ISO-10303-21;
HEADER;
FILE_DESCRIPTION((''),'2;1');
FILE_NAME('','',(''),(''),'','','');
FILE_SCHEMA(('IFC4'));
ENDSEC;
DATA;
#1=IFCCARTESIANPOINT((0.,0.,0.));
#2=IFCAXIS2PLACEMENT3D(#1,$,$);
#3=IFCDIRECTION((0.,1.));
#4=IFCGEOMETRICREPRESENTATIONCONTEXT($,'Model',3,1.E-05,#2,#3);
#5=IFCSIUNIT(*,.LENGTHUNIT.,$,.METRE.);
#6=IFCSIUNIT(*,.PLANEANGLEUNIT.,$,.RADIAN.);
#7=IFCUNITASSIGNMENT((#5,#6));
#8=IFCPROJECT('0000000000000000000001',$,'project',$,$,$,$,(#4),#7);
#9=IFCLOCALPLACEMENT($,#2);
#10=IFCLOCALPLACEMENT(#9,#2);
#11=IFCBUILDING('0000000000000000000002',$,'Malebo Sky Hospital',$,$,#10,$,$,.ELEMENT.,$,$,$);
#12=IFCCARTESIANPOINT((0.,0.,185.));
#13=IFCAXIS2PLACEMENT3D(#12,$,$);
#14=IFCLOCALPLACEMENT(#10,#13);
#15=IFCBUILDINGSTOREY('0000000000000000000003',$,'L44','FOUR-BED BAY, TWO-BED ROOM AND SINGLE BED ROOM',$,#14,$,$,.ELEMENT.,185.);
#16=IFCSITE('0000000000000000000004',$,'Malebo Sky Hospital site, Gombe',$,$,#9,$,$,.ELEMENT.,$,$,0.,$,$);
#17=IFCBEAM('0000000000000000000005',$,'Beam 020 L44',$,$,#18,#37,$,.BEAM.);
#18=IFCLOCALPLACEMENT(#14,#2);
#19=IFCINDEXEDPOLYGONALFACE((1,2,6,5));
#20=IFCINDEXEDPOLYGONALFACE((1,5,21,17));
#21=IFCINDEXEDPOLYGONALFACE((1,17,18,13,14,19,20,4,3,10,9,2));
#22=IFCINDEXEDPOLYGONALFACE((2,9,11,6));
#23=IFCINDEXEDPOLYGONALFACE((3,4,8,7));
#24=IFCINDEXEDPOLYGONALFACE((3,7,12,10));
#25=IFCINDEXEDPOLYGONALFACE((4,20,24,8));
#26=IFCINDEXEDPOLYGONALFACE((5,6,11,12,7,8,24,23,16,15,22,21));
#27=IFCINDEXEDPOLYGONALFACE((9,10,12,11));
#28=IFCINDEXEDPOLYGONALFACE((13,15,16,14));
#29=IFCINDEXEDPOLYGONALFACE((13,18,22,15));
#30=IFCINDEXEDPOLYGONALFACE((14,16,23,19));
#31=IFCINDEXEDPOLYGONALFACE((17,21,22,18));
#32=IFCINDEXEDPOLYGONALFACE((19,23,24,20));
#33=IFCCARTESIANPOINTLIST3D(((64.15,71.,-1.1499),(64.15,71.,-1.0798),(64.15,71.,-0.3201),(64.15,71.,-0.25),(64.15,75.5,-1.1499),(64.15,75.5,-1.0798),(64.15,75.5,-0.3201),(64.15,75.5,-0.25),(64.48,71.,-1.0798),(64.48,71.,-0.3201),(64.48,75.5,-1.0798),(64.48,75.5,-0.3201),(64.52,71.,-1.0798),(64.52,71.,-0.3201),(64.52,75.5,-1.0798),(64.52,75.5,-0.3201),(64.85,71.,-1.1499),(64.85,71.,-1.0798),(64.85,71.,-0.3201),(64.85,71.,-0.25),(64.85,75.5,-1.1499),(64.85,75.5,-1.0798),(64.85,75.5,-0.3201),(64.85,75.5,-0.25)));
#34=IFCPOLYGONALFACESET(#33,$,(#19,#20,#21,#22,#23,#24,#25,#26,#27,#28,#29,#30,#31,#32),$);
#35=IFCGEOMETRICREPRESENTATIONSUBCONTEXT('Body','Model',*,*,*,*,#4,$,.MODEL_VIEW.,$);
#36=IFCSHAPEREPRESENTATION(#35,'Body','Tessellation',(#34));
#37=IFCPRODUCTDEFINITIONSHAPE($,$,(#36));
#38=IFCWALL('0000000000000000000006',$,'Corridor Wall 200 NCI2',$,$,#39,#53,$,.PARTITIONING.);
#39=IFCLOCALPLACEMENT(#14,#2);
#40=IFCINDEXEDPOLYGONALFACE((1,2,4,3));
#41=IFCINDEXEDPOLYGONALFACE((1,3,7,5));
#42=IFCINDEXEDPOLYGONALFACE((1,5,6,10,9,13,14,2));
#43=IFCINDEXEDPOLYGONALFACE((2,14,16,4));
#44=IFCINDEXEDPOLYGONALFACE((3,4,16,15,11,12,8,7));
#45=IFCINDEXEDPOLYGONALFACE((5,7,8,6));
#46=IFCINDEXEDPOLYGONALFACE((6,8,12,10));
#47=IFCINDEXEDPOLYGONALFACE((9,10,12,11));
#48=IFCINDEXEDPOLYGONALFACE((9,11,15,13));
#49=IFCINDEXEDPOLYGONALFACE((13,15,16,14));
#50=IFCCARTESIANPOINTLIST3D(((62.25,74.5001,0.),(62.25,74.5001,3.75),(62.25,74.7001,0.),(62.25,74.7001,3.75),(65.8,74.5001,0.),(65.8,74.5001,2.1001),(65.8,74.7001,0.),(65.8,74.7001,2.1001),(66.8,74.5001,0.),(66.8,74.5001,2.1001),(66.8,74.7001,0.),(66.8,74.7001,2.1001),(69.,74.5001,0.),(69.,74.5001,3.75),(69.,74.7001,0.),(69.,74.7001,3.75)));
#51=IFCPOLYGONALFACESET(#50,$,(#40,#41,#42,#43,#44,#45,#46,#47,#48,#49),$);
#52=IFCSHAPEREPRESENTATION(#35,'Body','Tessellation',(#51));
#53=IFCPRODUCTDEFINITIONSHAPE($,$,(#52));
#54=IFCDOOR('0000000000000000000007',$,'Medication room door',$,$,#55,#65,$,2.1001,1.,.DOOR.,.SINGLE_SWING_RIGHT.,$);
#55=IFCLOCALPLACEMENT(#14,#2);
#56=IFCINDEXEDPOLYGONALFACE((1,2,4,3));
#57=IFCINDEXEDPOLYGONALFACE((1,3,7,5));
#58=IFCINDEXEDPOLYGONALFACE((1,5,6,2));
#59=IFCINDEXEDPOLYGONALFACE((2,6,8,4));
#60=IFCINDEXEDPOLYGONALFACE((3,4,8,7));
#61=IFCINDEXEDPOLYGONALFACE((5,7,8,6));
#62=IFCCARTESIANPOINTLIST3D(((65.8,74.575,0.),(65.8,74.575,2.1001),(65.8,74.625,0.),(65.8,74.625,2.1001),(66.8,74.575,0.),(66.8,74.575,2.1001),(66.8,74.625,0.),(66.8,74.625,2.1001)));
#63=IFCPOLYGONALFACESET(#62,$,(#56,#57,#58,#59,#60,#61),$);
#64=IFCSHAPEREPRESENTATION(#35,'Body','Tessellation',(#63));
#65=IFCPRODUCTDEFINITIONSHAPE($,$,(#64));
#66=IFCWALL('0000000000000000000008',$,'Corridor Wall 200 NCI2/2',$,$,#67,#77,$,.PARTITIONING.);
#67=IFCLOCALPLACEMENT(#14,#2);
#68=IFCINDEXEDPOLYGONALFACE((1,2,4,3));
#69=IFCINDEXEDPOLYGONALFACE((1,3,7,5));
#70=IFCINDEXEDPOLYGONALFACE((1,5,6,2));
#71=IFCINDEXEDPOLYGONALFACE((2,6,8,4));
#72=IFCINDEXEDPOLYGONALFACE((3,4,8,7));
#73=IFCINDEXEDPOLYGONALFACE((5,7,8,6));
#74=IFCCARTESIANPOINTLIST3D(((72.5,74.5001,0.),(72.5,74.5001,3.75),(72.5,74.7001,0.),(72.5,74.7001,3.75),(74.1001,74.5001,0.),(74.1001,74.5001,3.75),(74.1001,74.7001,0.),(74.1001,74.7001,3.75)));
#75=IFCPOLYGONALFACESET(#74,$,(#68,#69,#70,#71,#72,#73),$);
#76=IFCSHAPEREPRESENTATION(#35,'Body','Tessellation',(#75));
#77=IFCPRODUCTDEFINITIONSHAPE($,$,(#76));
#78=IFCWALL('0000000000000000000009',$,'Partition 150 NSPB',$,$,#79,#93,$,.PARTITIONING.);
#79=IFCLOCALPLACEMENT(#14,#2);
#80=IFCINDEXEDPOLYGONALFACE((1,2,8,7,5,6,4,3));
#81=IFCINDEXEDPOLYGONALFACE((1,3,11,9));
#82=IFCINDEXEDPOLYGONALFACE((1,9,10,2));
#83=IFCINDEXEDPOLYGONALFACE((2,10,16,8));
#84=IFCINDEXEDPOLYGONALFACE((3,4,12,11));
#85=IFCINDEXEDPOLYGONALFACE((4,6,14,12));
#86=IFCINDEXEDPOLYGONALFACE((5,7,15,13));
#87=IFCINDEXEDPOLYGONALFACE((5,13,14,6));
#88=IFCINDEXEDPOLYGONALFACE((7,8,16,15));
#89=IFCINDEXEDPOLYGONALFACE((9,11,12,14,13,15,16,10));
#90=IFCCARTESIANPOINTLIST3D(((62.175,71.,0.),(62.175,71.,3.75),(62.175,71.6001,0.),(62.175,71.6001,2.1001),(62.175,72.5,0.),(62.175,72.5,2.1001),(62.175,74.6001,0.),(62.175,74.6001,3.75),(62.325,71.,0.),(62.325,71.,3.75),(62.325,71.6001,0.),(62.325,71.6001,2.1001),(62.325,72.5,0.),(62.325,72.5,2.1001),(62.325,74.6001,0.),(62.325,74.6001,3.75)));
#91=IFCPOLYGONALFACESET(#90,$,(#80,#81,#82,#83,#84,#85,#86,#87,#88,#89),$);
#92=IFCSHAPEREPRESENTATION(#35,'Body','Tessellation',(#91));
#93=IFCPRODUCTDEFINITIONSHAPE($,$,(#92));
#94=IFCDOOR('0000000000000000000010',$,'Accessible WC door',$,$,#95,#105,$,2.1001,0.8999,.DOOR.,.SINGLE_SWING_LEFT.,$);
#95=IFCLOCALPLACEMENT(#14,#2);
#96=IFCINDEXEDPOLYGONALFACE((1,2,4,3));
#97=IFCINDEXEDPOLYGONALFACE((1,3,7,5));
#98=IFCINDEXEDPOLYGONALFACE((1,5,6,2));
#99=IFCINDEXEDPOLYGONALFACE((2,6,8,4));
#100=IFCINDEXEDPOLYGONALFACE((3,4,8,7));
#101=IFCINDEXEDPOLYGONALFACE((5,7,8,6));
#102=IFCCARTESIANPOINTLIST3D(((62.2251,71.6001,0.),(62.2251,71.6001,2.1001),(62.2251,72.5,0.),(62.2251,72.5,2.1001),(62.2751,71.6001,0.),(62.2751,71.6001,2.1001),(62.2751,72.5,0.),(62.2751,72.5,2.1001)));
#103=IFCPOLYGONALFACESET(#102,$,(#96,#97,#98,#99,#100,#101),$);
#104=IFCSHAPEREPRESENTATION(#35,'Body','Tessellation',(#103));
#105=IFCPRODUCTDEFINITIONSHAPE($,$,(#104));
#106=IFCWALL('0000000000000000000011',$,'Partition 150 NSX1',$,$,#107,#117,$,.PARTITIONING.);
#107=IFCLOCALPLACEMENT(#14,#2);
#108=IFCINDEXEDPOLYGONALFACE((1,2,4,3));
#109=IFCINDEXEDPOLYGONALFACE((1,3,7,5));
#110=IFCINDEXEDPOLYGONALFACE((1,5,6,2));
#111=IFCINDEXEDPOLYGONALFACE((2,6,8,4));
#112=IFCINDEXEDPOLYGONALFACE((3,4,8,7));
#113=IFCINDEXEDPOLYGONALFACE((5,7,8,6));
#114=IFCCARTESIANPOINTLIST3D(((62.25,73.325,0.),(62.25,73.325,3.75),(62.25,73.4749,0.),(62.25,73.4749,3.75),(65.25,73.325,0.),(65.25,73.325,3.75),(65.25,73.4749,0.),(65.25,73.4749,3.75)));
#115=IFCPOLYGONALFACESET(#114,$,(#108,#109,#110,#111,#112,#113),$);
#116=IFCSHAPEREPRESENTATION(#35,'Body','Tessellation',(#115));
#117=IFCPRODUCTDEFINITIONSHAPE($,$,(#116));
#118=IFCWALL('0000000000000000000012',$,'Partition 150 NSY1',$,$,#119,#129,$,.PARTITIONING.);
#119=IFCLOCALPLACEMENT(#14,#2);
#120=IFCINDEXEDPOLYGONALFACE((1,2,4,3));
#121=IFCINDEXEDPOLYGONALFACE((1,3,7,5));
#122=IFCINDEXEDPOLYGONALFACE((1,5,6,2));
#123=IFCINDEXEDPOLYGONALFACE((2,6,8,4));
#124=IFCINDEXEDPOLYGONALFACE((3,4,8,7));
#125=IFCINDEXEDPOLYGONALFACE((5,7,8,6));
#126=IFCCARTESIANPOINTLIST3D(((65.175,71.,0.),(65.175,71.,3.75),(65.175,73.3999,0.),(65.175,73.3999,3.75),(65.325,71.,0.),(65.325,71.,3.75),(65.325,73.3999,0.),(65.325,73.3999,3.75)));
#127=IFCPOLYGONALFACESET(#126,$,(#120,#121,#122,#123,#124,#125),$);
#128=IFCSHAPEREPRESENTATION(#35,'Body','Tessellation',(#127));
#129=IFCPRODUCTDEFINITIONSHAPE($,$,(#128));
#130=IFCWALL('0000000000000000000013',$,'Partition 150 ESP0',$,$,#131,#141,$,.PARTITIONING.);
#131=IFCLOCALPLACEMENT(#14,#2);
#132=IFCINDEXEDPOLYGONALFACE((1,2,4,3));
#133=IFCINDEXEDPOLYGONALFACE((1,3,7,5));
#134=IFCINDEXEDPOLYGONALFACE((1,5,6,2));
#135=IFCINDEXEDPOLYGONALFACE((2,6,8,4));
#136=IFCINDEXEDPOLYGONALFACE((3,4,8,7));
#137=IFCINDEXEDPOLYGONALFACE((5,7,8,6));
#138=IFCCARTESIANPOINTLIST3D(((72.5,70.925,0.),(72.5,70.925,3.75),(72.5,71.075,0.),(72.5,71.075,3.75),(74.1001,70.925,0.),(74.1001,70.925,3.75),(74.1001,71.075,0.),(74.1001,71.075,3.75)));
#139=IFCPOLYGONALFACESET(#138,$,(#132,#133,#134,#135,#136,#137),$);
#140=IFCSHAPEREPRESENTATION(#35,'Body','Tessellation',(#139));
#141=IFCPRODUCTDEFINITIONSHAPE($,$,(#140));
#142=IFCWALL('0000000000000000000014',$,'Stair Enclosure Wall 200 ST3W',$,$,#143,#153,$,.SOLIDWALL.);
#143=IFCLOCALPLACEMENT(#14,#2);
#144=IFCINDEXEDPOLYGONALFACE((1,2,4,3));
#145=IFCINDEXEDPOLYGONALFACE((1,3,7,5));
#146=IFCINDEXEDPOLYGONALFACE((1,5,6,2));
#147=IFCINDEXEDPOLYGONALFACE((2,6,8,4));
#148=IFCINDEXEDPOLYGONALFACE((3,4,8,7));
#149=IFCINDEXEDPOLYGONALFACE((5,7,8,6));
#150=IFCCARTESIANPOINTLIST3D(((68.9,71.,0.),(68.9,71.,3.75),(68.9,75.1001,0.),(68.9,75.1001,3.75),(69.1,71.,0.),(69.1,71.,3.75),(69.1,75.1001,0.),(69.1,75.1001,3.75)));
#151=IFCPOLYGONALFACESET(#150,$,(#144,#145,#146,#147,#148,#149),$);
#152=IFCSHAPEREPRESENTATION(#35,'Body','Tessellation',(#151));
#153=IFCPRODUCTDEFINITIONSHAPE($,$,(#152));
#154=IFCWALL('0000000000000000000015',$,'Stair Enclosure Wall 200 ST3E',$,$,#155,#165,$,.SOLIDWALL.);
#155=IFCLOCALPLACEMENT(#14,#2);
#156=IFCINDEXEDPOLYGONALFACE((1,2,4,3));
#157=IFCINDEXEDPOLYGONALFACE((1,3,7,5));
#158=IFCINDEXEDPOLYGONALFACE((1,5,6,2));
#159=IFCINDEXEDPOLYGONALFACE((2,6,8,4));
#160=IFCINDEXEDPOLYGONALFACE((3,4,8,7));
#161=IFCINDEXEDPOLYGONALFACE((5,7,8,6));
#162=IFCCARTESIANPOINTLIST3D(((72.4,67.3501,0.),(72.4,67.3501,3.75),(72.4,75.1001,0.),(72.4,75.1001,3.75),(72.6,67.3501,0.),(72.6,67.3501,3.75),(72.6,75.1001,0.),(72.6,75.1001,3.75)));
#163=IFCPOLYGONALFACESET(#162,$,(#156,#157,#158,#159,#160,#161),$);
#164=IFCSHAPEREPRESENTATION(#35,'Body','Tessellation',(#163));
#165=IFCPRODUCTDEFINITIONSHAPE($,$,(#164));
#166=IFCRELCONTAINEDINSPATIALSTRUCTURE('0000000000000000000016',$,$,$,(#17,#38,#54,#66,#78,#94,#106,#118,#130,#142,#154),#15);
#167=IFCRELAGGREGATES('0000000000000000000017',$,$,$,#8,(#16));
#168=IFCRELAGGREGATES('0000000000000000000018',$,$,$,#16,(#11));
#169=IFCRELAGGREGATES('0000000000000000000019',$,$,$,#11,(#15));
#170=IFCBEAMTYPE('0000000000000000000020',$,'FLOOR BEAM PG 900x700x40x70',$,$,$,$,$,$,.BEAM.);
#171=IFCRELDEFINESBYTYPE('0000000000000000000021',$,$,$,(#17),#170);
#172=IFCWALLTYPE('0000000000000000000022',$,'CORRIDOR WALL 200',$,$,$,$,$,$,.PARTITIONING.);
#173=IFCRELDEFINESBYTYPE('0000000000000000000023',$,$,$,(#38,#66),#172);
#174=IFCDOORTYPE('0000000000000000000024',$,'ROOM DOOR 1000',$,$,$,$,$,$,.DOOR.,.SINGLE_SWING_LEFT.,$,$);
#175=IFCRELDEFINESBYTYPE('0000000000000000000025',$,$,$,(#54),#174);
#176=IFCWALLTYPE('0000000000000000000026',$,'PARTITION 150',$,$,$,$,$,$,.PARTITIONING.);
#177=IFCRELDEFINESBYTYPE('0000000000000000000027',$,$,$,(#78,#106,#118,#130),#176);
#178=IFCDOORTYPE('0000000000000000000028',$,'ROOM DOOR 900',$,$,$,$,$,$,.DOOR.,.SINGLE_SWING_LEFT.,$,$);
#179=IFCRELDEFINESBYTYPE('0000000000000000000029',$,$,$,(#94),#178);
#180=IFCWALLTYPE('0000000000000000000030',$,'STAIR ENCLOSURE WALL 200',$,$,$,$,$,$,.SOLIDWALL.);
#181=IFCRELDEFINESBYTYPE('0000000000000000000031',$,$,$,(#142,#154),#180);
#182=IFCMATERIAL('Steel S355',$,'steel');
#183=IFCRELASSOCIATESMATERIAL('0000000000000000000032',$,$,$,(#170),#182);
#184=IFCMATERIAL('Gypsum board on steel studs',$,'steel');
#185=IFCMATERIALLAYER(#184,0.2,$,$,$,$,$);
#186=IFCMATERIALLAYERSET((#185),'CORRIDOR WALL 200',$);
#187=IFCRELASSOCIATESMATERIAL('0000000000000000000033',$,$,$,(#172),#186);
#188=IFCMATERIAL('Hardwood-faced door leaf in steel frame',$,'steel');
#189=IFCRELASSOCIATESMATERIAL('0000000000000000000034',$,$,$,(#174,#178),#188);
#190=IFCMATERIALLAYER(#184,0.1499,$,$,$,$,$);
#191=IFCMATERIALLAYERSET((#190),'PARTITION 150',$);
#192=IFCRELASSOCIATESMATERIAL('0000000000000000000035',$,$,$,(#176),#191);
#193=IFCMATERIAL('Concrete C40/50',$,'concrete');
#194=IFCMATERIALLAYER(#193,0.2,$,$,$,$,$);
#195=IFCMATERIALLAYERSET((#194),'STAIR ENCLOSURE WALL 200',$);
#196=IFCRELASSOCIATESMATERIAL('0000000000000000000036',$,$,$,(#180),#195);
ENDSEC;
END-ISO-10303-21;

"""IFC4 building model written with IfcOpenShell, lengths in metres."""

from ifc_helpers import new_model, si_unit, direction, frame, frame_2d, origin, origin_2d, place, context, subcontext, project, spatial, rectangle, i_section, extrude, material, layer, layer_set, material_profile, profile_set, type_object, element, fill, save


model = new_model("IFC4")

# Units and contexts
model_context = context("Model", 3, precision=1e-05, world=origin(), true_north=direction((0.0, 1.0)))
body_context = subcontext(model_context, "Body", "Model", "MODEL_VIEW")
ifc_project = project(units=[si_unit("LENGTHUNIT", "METRE"), si_unit("PLANEANGLEUNIT", "RADIAN")], contexts=[model_context])

# Site, building, storey
site_placement = place(None, origin())
site = spatial("IfcSite", under=ifc_project, at=site_placement, Name="Malebo Sky Hospital site, Gombe", CompositionType="ELEMENT", RefElevation=0.0)
building_placement = place(site_placement, origin())
building = spatial("IfcBuilding", under=site, at=building_placement, Name="Malebo Sky Hospital", CompositionType="ELEMENT")
storey_placement = place(building_placement, frame((0.0, 0.0, 185.0)))
storey = spatial("IfcBuildingStorey", under=building, at=storey_placement, Name="L44", Description="FOUR-BED BAY, TWO-BED ROOM AND SINGLE BED ROOM", CompositionType="ELEMENT", Elevation=185.0)

# Beam
ifc_material_1 = material(Name="Steel S355", Category="steel")
ifc_material_profile = material_profile(ifc_material_1, i_section(OverallWidth=0.7, OverallDepth=0.8999, WebThickness=0.04, FlangeThickness=0.0701, at=origin_2d()), Name="PG 900x700x40x70")
ifc_profile_set = profile_set([ifc_material_profile], Name="Steel S355")
beam_type = type_object("IfcBeamType", Name="FLOOR BEAM PG 900x700x40x70", PredefinedType="BEAM", material=ifc_profile_set)
beam_placement = place(storey_placement, frame((64.5, 71.0, -0.7), z_axis=(0.0, 1.0, 0.0), x_axis=(-1.0, 0.0, 0.0)))
element("IfcBeam", 1, at=beam_placement, inside=storey, type_object=beam_type, Name="Beam 020 L44", PredefinedType="BEAM", context=body_context, shape_type="SweptSolid", body=[
    extrude(i_section(OverallWidth=0.7, OverallDepth=0.8999, WebThickness=0.04, FlangeThickness=0.0701, at=origin_2d()), origin(), (0.0, 0.0, 1.0), 4.5),
])

# Wall, opening, door
ifc_material_2 = material(Name="Gypsum board on steel studs", Category="steel")
ifc_layer_1 = layer(ifc_material_2, 0.2)
ifc_layer_set_1 = layer_set([ifc_layer_1], Name="CORRIDOR WALL 200")
wall_type_1 = type_object("IfcWallType", Name="CORRIDOR WALL 200", PredefinedType="PARTITIONING", material=ifc_layer_set_1)
wall_1_placement = place(storey_placement, frame((62.25, 74.6001, 0.0), z_axis=(0.0, 0.0, 1.0), x_axis=(1.0, 0.0, 0.0)))
wall_1 = element("IfcWall", 2, at=wall_1_placement, inside=storey, type_object=wall_type_1, Name="Corridor Wall 200 NCI2", PredefinedType="PARTITIONING", context=body_context, shape_type="SweptSolid", body=[
    extrude(rectangle(XDim=6.75, YDim=0.2, at=frame_2d((3.375, 0.0))), origin(), (0.0, 0.0, 1.0), 3.75),
])
opening_1_placement = place(wall_1_placement, frame((3.55, 0.0, 0.0)))
opening_1 = element("IfcOpeningElement", 3, at=opening_1_placement, cuts=wall_1, PredefinedType="OPENING", context=body_context, shape_type="SweptSolid", body=[
    extrude(rectangle(XDim=1.0, YDim=2.1001, at=frame_2d((0.5, 1.05))), frame((0.0, 0.1099, 0.0), z_axis=(0.0, -1.0, 0.0), x_axis=(1.0, 0.0, 0.0)), (0.0, 0.0, 1.0), 0.22),
])
ifc_material_3 = material(Name="Hardwood-faced door leaf in steel frame", Category="steel")
door_type_1 = type_object("IfcDoorType", Name="ROOM DOOR 1000", OperationType="SINGLE_SWING_LEFT", PredefinedType="DOOR", material=ifc_material_3)
door_1_placement = place(opening_1_placement, origin())
door_1 = element("IfcDoor", 4, at=door_1_placement, inside=storey, type_object=door_type_1, Name="Medication room door", OperationType="SINGLE_SWING_RIGHT", OverallHeight=2.1001, OverallWidth=1.0, PredefinedType="DOOR", context=body_context, shape_type="SweptSolid", body=[
    extrude(rectangle(XDim=1.0, YDim=2.1001, at=frame_2d((0.5, 1.05))), frame((0.0, 0.0249, 0.0), z_axis=(0.0, -1.0, 0.0), x_axis=(1.0, 0.0, 0.0)), (0.0, 0.0, 1.0), 0.05),
])
fill(opening_1, door_1)

# Wall
wall_2_placement = place(storey_placement, frame((72.5, 74.6001, 0.0), z_axis=(0.0, 0.0, 1.0), x_axis=(1.0, 0.0, 0.0)))
element("IfcWall", 5, at=wall_2_placement, inside=storey, type_object=wall_type_1, Name="Corridor Wall 200 NCI2/2", PredefinedType="PARTITIONING", context=body_context, shape_type="SweptSolid", body=[
    extrude(rectangle(XDim=1.6001, YDim=0.2, at=frame_2d((0.8, 0.0))), origin(), (0.0, 0.0, 1.0), 3.75),
])

# Wall, opening, door
ifc_layer_2 = layer(ifc_material_2, 0.1499)
ifc_layer_set_2 = layer_set([ifc_layer_2], Name="PARTITION 150")
wall_type_2 = type_object("IfcWallType", Name="PARTITION 150", PredefinedType="PARTITIONING", material=ifc_layer_set_2)
wall_3_placement = place(storey_placement, frame((62.25, 71.0, 0.0), z_axis=(0.0, 0.0, 1.0), x_axis=(0.0, 1.0, 0.0)))
wall_3 = element("IfcWall", 6, at=wall_3_placement, inside=storey, type_object=wall_type_2, Name="Partition 150 NSPB", PredefinedType="PARTITIONING", context=body_context, shape_type="SweptSolid", body=[
    extrude(rectangle(XDim=3.6001, YDim=0.1499, at=frame_2d((1.8, 0.0))), origin(), (0.0, 0.0, 1.0), 3.75),
])
opening_2_placement = place(wall_3_placement, frame((0.6001, 0.0, 0.0)))
opening_2 = element("IfcOpeningElement", 7, at=opening_2_placement, cuts=wall_3, PredefinedType="OPENING", context=body_context, shape_type="SweptSolid", body=[
    extrude(rectangle(XDim=0.8999, YDim=2.1001, at=frame_2d((0.45, 1.05))), frame((0.0, 0.085, 0.0), z_axis=(0.0, -1.0, 0.0), x_axis=(1.0, 0.0, 0.0)), (0.0, 0.0, 1.0), 0.1699),
])
door_type_2 = type_object("IfcDoorType", Name="ROOM DOOR 900", OperationType="SINGLE_SWING_LEFT", PredefinedType="DOOR", material=ifc_material_3)
door_2_placement = place(opening_2_placement, origin())
door_2 = element("IfcDoor", 8, at=door_2_placement, inside=storey, type_object=door_type_2, Name="Accessible WC door", OperationType="SINGLE_SWING_LEFT", OverallHeight=2.1001, OverallWidth=0.8999, PredefinedType="DOOR", context=body_context, shape_type="SweptSolid", body=[
    extrude(rectangle(XDim=0.8999, YDim=2.1001, at=frame_2d((0.45, 1.05))), frame((0.0, 0.0249, 0.0), z_axis=(0.0, -1.0, 0.0), x_axis=(1.0, 0.0, 0.0)), (0.0, 0.0, 1.0), 0.05),
])
fill(opening_2, door_2)

# Walls
wall_4_placement = place(storey_placement, frame((62.25, 73.3999, 0.0), z_axis=(0.0, 0.0, 1.0), x_axis=(1.0, 0.0, 0.0)))
element("IfcWall", 9, at=wall_4_placement, inside=storey, type_object=wall_type_2, Name="Partition 150 NSX1", PredefinedType="PARTITIONING", context=body_context, shape_type="SweptSolid", body=[
    extrude(rectangle(XDim=3.0, YDim=0.1499, at=frame_2d((1.5, 0.0))), origin(), (0.0, 0.0, 1.0), 3.75),
])
wall_5_placement = place(storey_placement, frame((65.25, 71.0, 0.0), z_axis=(0.0, 0.0, 1.0), x_axis=(0.0, 1.0, 0.0)))
element("IfcWall", 10, at=wall_5_placement, inside=storey, type_object=wall_type_2, Name="Partition 150 NSY1", PredefinedType="PARTITIONING", context=body_context, shape_type="SweptSolid", body=[
    extrude(rectangle(XDim=2.3999, YDim=0.1499, at=frame_2d((1.2, 0.0))), origin(), (0.0, 0.0, 1.0), 3.75),
])
wall_6_placement = place(storey_placement, frame((72.5, 71.0, 0.0), z_axis=(0.0, 0.0, 1.0), x_axis=(1.0, 0.0, 0.0)))
element("IfcWall", 11, at=wall_6_placement, inside=storey, type_object=wall_type_2, Name="Partition 150 ESP0", PredefinedType="PARTITIONING", context=body_context, shape_type="SweptSolid", body=[
    extrude(rectangle(XDim=1.6001, YDim=0.1499, at=frame_2d((0.8, 0.0))), origin(), (0.0, 0.0, 1.0), 3.75),
])
ifc_material_4 = material(Name="Concrete C40/50", Category="concrete")
ifc_layer_3 = layer(ifc_material_4, 0.2)
ifc_layer_set_3 = layer_set([ifc_layer_3], Name="STAIR ENCLOSURE WALL 200")
wall_type_3 = type_object("IfcWallType", Name="STAIR ENCLOSURE WALL 200", PredefinedType="SOLIDWALL", material=ifc_layer_set_3)
wall_7_placement = place(storey_placement, frame((69.0, 71.0, 0.0), z_axis=(0.0, 0.0, 1.0), x_axis=(0.0, 1.0, 0.0)))
element("IfcWall", 12, at=wall_7_placement, inside=storey, type_object=wall_type_3, Name="Stair Enclosure Wall 200 ST3W", PredefinedType="SOLIDWALL", context=body_context, shape_type="SweptSolid", body=[
    extrude(rectangle(XDim=4.1001, YDim=0.2, at=frame_2d((2.05, 0.0))), origin(), (0.0, 0.0, 1.0), 3.75),
])
wall_8_placement = place(storey_placement, frame((72.5, 67.3501, 0.0), z_axis=(0.0, 0.0, 1.0), x_axis=(0.0, 1.0, 0.0)))
element("IfcWall", 13, at=wall_8_placement, inside=storey, type_object=wall_type_3, Name="Stair Enclosure Wall 200 ST3E", PredefinedType="SOLIDWALL", context=body_context, shape_type="SweptSolid", body=[
    extrude(rectangle(XDim=7.75, YDim=0.2, at=frame_2d((3.875, 0.0))), origin(), (0.0, 0.0, 1.0), 3.75),
])

save(model, "model.ifc")
